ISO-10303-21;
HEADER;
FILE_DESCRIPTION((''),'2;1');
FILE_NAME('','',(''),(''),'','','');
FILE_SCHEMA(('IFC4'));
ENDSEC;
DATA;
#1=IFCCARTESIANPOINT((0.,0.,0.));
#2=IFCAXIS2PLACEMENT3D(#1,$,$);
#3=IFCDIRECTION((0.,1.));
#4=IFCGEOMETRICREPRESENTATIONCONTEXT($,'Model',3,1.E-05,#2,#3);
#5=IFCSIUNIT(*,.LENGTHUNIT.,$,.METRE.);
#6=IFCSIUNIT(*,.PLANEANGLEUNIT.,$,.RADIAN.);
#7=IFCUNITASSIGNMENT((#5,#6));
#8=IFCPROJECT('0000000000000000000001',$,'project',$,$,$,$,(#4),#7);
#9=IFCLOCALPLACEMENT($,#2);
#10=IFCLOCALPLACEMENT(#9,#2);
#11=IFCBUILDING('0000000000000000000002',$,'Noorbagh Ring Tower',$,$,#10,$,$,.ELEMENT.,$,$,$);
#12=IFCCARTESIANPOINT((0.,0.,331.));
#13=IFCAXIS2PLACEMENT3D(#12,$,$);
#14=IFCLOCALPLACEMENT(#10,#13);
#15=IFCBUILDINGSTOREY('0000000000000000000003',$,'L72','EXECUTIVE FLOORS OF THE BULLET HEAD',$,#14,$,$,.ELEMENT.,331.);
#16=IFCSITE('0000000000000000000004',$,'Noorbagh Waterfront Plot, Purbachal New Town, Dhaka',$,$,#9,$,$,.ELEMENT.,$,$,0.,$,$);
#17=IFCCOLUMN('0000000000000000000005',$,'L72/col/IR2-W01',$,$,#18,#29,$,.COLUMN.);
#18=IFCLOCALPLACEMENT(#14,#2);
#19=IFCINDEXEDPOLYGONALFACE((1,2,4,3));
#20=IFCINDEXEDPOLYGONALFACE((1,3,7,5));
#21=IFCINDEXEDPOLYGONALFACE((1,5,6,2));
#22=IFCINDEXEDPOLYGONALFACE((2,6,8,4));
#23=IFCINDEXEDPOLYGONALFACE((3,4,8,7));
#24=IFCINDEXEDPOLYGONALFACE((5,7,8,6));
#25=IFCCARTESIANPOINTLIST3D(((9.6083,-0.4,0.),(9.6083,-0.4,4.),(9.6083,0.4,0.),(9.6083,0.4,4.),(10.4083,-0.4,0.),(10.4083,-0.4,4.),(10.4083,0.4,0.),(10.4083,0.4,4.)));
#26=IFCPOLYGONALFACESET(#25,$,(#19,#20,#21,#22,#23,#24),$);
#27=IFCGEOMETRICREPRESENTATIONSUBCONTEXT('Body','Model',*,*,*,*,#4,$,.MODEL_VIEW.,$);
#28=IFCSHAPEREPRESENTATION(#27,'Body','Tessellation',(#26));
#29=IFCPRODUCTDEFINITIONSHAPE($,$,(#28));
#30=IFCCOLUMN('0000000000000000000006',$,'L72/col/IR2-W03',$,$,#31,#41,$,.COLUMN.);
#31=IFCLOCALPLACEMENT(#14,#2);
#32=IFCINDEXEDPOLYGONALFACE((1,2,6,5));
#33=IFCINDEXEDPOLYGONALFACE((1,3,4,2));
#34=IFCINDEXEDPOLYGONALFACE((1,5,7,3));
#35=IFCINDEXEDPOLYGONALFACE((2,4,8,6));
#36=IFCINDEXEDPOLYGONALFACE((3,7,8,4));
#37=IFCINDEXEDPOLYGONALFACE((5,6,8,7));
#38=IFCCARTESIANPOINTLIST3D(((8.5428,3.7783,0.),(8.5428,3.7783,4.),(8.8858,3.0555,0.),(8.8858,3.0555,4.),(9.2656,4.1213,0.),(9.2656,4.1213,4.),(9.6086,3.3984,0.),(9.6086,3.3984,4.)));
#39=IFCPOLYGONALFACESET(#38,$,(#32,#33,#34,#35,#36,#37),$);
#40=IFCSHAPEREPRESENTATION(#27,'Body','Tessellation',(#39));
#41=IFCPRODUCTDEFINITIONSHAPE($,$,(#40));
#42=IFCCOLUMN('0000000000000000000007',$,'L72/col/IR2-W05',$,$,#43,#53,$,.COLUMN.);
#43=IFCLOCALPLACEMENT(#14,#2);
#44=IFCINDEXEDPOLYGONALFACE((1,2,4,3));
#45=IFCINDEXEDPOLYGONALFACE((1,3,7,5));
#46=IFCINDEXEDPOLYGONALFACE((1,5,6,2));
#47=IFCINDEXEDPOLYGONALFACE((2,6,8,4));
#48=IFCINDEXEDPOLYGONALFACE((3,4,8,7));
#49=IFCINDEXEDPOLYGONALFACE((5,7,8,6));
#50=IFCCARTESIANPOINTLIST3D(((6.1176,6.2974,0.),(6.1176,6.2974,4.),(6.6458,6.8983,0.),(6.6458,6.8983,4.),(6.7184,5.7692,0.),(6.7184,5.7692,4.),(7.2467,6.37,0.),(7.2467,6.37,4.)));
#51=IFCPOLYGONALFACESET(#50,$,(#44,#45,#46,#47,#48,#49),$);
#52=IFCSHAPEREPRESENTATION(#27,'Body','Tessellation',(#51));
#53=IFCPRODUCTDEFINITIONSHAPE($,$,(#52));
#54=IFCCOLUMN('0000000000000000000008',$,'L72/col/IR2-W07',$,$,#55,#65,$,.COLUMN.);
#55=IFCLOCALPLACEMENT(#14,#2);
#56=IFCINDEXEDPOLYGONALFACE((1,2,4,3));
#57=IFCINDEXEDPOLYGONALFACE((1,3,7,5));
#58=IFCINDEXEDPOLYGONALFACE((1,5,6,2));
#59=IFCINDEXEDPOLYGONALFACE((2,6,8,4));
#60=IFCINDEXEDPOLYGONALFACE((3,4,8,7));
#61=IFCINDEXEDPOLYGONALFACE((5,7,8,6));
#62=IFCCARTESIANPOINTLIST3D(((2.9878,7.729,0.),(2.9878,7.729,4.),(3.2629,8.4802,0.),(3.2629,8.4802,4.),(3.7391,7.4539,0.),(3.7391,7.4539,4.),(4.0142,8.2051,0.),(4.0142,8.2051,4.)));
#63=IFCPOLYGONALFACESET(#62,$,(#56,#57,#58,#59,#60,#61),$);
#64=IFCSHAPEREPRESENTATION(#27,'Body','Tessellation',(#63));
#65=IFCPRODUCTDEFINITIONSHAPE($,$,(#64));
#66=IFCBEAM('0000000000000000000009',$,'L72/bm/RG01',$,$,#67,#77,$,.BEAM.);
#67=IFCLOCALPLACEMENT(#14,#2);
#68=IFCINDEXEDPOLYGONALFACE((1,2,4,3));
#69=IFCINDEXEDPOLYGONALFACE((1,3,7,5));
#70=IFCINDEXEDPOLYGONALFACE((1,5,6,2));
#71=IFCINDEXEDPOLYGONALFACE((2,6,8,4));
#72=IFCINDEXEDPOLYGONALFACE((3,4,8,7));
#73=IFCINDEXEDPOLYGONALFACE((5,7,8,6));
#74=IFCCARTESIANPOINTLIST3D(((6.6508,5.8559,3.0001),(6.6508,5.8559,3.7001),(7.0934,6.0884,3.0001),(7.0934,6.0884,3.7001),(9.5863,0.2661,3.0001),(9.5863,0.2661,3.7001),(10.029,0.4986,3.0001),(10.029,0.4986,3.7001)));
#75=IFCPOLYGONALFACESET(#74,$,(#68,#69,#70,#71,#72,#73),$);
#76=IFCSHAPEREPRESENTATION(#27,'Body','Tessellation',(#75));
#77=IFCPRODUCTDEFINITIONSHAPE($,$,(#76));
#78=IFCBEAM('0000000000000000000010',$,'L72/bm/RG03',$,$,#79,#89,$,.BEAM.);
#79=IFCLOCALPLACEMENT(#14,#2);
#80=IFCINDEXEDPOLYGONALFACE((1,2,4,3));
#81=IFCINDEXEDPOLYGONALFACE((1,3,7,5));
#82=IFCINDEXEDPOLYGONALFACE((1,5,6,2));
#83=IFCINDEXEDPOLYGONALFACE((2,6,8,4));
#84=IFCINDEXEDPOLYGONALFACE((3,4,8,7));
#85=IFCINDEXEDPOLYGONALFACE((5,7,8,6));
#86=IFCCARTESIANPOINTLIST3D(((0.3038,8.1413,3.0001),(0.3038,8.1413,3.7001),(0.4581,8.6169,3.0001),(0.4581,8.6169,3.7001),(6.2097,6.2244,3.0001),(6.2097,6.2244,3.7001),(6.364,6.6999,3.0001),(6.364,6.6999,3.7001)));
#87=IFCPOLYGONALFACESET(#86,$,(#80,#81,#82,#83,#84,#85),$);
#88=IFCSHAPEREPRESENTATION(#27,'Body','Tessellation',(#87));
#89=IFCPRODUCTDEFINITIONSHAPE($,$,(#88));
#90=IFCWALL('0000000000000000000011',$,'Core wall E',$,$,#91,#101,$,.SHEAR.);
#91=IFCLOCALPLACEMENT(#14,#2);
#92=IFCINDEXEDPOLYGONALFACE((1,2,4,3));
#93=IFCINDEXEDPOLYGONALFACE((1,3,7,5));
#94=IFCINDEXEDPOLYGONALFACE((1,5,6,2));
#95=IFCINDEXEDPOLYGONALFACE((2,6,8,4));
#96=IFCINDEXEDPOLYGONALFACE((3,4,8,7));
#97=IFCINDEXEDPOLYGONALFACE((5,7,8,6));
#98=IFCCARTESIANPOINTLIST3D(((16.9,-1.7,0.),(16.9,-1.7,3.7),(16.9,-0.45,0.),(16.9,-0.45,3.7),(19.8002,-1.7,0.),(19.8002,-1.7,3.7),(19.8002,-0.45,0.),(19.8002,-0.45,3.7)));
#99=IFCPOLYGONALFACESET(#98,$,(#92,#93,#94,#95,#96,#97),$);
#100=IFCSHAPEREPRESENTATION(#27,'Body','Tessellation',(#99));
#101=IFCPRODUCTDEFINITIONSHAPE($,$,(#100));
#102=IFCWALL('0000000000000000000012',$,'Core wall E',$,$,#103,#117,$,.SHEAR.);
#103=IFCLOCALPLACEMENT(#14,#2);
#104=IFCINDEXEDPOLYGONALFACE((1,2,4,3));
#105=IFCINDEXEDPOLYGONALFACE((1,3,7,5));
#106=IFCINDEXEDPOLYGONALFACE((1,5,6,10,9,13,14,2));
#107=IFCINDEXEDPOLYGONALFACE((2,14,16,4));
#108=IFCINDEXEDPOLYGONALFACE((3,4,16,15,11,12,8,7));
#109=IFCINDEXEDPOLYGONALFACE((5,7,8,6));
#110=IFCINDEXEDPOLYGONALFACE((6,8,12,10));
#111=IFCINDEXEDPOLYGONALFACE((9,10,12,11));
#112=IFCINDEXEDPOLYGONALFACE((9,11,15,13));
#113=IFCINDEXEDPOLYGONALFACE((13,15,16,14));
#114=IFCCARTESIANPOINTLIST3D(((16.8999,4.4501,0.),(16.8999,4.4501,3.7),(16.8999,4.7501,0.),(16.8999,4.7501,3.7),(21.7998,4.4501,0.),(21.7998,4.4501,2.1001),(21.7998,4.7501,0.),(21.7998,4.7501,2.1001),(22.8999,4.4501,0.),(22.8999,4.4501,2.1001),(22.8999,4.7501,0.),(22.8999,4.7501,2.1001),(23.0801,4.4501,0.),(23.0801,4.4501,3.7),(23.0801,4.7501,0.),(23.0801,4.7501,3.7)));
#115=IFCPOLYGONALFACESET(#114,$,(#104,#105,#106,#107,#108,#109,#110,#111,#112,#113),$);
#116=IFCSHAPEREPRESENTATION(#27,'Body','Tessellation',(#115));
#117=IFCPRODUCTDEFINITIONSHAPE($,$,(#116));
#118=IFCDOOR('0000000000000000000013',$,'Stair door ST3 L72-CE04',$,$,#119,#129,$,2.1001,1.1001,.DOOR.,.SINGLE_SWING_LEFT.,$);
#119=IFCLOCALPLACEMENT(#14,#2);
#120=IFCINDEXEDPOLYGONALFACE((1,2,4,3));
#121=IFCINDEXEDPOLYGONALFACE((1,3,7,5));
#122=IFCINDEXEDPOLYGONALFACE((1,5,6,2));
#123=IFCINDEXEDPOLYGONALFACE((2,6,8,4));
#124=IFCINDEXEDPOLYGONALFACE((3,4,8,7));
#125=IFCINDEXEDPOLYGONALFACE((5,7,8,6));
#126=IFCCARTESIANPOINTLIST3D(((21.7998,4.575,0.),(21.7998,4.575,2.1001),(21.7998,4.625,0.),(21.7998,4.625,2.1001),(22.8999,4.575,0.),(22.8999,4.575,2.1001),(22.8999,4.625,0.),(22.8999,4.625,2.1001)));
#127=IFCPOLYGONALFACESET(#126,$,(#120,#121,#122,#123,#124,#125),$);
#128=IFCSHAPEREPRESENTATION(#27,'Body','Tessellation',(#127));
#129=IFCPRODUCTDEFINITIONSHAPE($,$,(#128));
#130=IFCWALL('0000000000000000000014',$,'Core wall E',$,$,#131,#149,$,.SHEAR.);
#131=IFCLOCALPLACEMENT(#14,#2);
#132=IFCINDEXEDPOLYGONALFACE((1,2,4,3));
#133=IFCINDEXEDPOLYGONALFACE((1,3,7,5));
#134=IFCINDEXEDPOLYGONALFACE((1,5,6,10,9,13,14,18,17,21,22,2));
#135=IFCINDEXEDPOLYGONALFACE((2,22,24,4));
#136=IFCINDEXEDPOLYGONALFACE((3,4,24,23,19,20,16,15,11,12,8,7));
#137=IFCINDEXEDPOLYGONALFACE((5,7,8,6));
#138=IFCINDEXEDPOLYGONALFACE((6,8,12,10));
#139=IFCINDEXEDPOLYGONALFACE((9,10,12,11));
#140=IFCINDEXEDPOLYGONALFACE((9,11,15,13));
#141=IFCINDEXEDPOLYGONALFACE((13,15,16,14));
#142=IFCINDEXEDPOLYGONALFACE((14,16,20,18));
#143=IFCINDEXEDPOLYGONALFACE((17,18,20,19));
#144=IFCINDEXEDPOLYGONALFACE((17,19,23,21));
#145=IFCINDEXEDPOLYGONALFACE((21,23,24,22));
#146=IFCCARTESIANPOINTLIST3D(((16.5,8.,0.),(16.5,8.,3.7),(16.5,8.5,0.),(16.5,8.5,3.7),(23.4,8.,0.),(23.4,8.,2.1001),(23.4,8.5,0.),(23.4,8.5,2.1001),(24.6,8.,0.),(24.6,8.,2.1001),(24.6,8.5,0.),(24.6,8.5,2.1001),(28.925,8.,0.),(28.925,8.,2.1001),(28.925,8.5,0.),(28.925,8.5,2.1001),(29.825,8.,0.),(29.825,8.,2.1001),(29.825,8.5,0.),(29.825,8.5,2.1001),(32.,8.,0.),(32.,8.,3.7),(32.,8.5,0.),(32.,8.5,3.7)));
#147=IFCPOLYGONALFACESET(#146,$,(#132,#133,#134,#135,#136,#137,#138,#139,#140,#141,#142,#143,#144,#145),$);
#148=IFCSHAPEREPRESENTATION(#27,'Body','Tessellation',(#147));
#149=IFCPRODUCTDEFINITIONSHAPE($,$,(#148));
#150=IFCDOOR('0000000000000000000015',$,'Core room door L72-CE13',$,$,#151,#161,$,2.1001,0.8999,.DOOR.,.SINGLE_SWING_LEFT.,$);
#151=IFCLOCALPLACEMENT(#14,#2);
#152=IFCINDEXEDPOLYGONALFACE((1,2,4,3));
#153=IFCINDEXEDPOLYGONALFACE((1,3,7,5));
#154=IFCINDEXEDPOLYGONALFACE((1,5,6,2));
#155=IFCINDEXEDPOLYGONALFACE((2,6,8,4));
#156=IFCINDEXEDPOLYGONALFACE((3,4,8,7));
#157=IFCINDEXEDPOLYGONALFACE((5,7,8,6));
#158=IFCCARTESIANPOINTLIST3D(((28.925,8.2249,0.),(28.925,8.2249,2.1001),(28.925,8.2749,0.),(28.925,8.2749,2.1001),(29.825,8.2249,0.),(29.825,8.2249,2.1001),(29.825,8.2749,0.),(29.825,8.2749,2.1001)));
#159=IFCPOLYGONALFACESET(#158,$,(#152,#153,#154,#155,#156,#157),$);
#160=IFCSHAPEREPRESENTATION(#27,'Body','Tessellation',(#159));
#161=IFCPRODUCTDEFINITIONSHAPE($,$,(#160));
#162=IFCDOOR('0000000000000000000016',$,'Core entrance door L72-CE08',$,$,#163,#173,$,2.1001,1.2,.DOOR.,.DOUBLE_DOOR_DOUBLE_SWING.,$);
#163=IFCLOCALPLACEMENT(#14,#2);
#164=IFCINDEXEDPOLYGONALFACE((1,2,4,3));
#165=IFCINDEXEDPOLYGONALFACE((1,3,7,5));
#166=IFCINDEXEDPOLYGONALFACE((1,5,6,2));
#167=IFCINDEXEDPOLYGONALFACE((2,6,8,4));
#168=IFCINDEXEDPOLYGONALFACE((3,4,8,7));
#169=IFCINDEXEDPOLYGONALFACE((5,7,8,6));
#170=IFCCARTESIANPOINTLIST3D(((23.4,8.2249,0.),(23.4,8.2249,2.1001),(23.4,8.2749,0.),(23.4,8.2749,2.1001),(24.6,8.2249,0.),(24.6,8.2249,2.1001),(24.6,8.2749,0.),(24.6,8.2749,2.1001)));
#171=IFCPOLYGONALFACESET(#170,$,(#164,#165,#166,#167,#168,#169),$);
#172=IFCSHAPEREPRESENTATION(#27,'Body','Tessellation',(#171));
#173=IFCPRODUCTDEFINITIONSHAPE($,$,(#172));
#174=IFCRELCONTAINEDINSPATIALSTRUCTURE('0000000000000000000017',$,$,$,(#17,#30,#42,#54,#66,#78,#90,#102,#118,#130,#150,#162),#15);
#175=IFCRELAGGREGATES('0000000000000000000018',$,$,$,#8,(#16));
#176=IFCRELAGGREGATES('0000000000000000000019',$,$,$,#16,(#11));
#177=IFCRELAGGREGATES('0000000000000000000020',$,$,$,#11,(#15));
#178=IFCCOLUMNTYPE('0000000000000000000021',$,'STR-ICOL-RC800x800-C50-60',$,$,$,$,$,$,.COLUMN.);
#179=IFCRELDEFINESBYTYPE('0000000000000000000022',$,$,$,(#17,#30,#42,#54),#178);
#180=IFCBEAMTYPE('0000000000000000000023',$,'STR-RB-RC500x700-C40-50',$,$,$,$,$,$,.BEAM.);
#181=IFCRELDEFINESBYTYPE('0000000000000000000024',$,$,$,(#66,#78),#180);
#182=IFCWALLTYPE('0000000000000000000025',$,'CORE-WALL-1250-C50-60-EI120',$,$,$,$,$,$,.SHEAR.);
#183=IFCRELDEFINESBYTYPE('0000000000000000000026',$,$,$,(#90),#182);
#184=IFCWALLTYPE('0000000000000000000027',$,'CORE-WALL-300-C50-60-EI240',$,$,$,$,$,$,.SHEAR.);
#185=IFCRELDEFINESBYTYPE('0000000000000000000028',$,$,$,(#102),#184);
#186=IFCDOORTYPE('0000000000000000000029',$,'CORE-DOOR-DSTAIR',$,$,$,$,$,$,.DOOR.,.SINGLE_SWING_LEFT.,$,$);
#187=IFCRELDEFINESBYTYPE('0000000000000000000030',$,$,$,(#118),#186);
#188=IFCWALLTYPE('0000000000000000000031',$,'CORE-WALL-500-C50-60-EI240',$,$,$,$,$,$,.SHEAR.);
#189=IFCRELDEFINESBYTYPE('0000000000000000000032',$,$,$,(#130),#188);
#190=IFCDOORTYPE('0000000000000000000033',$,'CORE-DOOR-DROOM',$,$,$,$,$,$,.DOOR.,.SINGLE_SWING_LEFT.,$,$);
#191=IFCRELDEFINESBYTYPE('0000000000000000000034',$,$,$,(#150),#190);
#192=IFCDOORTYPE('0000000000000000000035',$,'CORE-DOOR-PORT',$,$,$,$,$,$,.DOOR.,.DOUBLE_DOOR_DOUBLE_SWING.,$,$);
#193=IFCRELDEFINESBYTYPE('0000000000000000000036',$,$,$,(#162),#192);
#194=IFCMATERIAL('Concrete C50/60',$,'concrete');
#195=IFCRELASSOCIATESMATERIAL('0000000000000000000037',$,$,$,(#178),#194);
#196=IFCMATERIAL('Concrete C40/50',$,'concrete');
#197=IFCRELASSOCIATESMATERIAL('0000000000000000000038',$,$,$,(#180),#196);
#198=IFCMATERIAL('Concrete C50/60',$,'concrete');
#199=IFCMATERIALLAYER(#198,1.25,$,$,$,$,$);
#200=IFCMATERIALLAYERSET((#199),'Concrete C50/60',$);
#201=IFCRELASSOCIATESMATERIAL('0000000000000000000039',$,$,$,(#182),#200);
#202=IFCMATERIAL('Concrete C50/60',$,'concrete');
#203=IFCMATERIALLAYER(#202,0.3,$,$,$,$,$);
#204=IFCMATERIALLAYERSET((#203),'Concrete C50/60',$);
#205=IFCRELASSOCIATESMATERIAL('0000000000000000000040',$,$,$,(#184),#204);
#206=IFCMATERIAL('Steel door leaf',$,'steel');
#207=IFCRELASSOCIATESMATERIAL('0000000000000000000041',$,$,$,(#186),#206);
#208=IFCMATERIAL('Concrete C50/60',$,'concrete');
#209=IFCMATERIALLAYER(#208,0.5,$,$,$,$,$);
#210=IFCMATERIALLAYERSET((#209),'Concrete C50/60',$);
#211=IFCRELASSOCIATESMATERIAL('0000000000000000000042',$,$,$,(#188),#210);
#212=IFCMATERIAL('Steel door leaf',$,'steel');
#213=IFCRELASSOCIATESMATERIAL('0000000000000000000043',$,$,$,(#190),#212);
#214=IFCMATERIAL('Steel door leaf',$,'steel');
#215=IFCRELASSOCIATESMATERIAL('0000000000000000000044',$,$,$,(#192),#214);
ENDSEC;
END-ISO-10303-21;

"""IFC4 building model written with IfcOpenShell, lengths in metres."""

from ifc_helpers import new_model, si_unit, direction, frame, frame_2d, origin, origin_2d, place, context, subcontext, project, spatial, rectangle, extrude, material, layer, layer_set, material_profile, profile_set, type_object, element, fill, save


model = new_model("IFC4")

# Units and contexts
model_context = context("Model", 3, precision=1e-05, world=origin(), true_north=direction((0.0, 1.0)))
body_context = subcontext(model_context, "Body", "Model", "MODEL_VIEW")
ifc_project = project(units=[si_unit("LENGTHUNIT", "METRE"), si_unit("PLANEANGLEUNIT", "RADIAN")], contexts=[model_context])

# Site, building, storey
site_placement = place(None, origin())
site = spatial("IfcSite", under=ifc_project, at=site_placement, Name="Noorbagh Waterfront Plot, Purbachal New Town, Dhaka", CompositionType="ELEMENT", RefElevation=0.0)
building_placement = place(site_placement, origin())
building = spatial("IfcBuilding", under=site, at=building_placement, Name="Noorbagh Ring Tower", CompositionType="ELEMENT")
storey_placement = place(building_placement, frame((0.0, 0.0, 331.0)))
storey = spatial("IfcBuildingStorey", under=building, at=storey_placement, Name="L72", Description="EXECUTIVE FLOORS OF THE BULLET HEAD", CompositionType="ELEMENT", Elevation=331.0)

# Columns
ifc_material_1 = material(Name="Concrete C50/60", Category="concrete")
ifc_material_profile_1 = material_profile(ifc_material_1, rectangle(XDim=0.8, YDim=0.8, at=origin_2d()), Name="RC800x800")
ifc_profile_set_1 = profile_set([ifc_material_profile_1], Name="Concrete C50/60")
column_type = type_object("IfcColumnType", Name="STR-ICOL-RC800x800-C50-60", PredefinedType="COLUMN", material=ifc_profile_set_1)
for number, where, z_axis, x_axis, name in (
    (1, (10.0083, 0.0, 0.0), (0.0, 0.0, 1.0), (0.0, 1.0, 0.0), "L72/col/IR2-W01"),
    (2, (9.0757, 3.5884, 0.0), (0.0, 0.0, 1.0), (-0.428667, 0.903463, 0.0), "L72/col/IR2-W03"),
    (3, (6.6821, 6.3337, 0.0), (0.0, 0.0, 1.0), (-0.751022, 0.660277, 0.0), "L72/col/IR2-W05"),
    (4, (3.501, 7.967, 0.0), (0.0, 0.0, 1.0), (-0.93902, 0.343864, 0.0), "L72/col/IR2-W07"),
):
    element("IfcColumn", number, at=place(storey_placement, frame(where, z_axis=z_axis, x_axis=x_axis)), inside=storey, type_object=column_type, Name=name, PredefinedType="COLUMN", context=body_context, shape_type="SweptSolid", body=[
        extrude(rectangle(XDim=0.8, YDim=0.8, at=origin_2d()), origin(), (0.0, 0.0, 1.0), 4.0),
    ])

# Beams
ifc_material_2 = material(Name="Concrete C40/50", Category="concrete")
ifc_material_profile_2 = material_profile(ifc_material_2, rectangle(XDim=0.5, YDim=0.7, at=origin_2d()), Name="RC500x700")
ifc_profile_set_2 = profile_set([ifc_material_profile_2], Name="Concrete C40/50")
beam_type = type_object("IfcBeamType", Name="STR-RB-RC500x700-C40-50", PredefinedType="BEAM", material=ifc_profile_set_2)
beam_1_placement = place(storey_placement, frame((9.8076, 0.3823, 3.3501), z_axis=(-0.464943, 0.885341, 0.0), x_axis=(-0.885341, -0.464943, 0.0)))
element("IfcBeam", 5, at=beam_1_placement, inside=storey, type_object=beam_type, Name="L72/bm/RG01", PredefinedType="BEAM", context=body_context, shape_type="SweptSolid", body=[
    extrude(rectangle(XDim=0.5, YDim=0.7, at=origin_2d()), origin(), (0.0, 0.0, 1.0), 6.3137),
])
beam_2_placement = place(storey_placement, frame((6.2869, 6.4622, 3.3501), z_axis=(-0.95115, 0.308728, 0.0), x_axis=(-0.308728, -0.95115, 0.0)))
element("IfcBeam", 6, at=beam_2_placement, inside=storey, type_object=beam_type, Name="L72/bm/RG03", PredefinedType="BEAM", context=body_context, shape_type="SweptSolid", body=[
    extrude(rectangle(XDim=0.5, YDim=0.7, at=origin_2d()), origin(), (0.0, 0.0, 1.0), 6.2092),
])

# Wall
ifc_material_3 = material(Name="Concrete C50/60", Category="concrete")
ifc_layer_1 = layer(ifc_material_3, 1.25)
ifc_layer_set_1 = layer_set([ifc_layer_1], Name="Concrete C50/60")
wall_type_1 = type_object("IfcWallType", Name="CORE-WALL-1250-C50-60-EI120", PredefinedType="SHEAR", material=ifc_layer_set_1)
wall_1_placement = place(storey_placement, frame((16.8999, -1.075, 0.0), z_axis=(0.0, 0.0, 1.0), x_axis=(1.0, 0.0, 0.0)))
element("IfcWall", 7, at=wall_1_placement, inside=storey, type_object=wall_type_1, Name="Core wall E", PredefinedType="SHEAR", context=body_context, shape_type="SweptSolid", body=[
    extrude(rectangle(XDim=2.9001, YDim=1.25, at=frame_2d((1.4502, 0.0))), origin(), (0.0, 0.0, 1.0), 3.7),
])

# Wall, opening, door
ifc_material_4 = material(Name="Concrete C50/60", Category="concrete")
ifc_layer_2 = layer(ifc_material_4, 0.3)
ifc_layer_set_2 = layer_set([ifc_layer_2], Name="Concrete C50/60")
wall_type_2 = type_object("IfcWallType", Name="CORE-WALL-300-C50-60-EI240", PredefinedType="SHEAR", material=ifc_layer_set_2)
wall_2_placement = place(storey_placement, frame((16.8999, 4.6001, 0.0), z_axis=(0.0, 0.0, 1.0), x_axis=(1.0, 0.0, 0.0)))
wall_2 = element("IfcWall", 8, at=wall_2_placement, inside=storey, type_object=wall_type_2, Name="Core wall E", PredefinedType="SHEAR", context=body_context, shape_type="SweptSolid", body=[
    extrude(rectangle(XDim=6.1802, YDim=0.3, at=frame_2d((3.0901, 0.0))), origin(), (0.0, 0.0, 1.0), 3.7),
])
opening_1_placement = place(wall_2_placement, frame((4.8999, 0.0, 0.0)))
opening_1 = element("IfcOpeningElement", 9, at=opening_1_placement, cuts=wall_2, PredefinedType="OPENING", context=body_context, shape_type="SweptSolid", body=[
    extrude(rectangle(XDim=1.1001, YDim=2.1001, at=frame_2d((0.55, 1.05))), frame((0.0, 0.1602, 0.0), z_axis=(0.0, -1.0, 0.0), x_axis=(1.0, 0.0, 0.0)), (0.0, 0.0, 1.0), 0.3201),
])
ifc_material_5 = material(Name="Steel door leaf", Category="steel")
door_type_1 = type_object("IfcDoorType", Name="CORE-DOOR-DSTAIR", OperationType="SINGLE_SWING_LEFT", PredefinedType="DOOR", material=ifc_material_5)
door_1_placement = place(opening_1_placement, origin())
door_1 = element("IfcDoor", 10, at=door_1_placement, inside=storey, type_object=door_type_1, Name="Stair door ST3 L72-CE04", OperationType="SINGLE_SWING_LEFT", OverallHeight=2.1001, OverallWidth=1.1001, PredefinedType="DOOR", context=body_context, shape_type="SweptSolid", body=[
    extrude(rectangle(XDim=1.1001, YDim=2.1001, at=frame_2d((0.55, 1.05))), frame((0.0, 0.0249, 0.0), z_axis=(0.0, -1.0, 0.0), x_axis=(1.0, 0.0, 0.0)), (0.0, 0.0, 1.0), 0.05),
])
fill(opening_1, door_1)

# Wall, openings, doors
ifc_material_6 = material(Name="Concrete C50/60", Category="concrete")
ifc_layer_3 = layer(ifc_material_6, 0.5)
ifc_layer_set_3 = layer_set([ifc_layer_3], Name="Concrete C50/60")
wall_type_3 = type_object("IfcWallType", Name="CORE-WALL-500-C50-60-EI240", PredefinedType="SHEAR", material=ifc_layer_set_3)
wall_3_placement = place(storey_placement, frame((16.5, 8.25, 0.0), z_axis=(0.0, 0.0, 1.0), x_axis=(1.0, 0.0, 0.0)))
wall_3 = element("IfcWall", 11, at=wall_3_placement, inside=storey, type_object=wall_type_3, Name="Core wall E", PredefinedType="SHEAR", context=body_context, shape_type="SweptSolid", body=[
    extrude(rectangle(XDim=15.5, YDim=0.5, at=frame_2d((7.75, 0.0))), origin(), (0.0, 0.0, 1.0), 3.7),
])
opening_2_placement = place(wall_3_placement, frame((6.8999, 0.0, 0.0)))
opening_2 = element("IfcOpeningElement", 12, at=opening_2_placement, cuts=wall_3, PredefinedType="OPENING", context=body_context, shape_type="SweptSolid", body=[
    extrude(rectangle(XDim=1.2, YDim=2.1001, at=frame_2d((0.6001, 1.05))), frame((0.0, 0.26, 0.0), z_axis=(0.0, -1.0, 0.0), x_axis=(1.0, 0.0, 0.0)), (0.0, 0.0, 1.0), 0.52),
])
opening_3_placement = place(wall_3_placement, frame((12.425, 0.0, 0.0)))
opening_3 = element("IfcOpeningElement", 13, at=opening_3_placement, cuts=wall_3, PredefinedType="OPENING", context=body_context, shape_type="SweptSolid", body=[
    extrude(rectangle(XDim=0.8999, YDim=2.1001, at=frame_2d((0.45, 1.05))), frame((0.0, 0.26, 0.0), z_axis=(0.0, -1.0, 0.0), x_axis=(1.0, 0.0, 0.0)), (0.0, 0.0, 1.0), 0.52),
])
ifc_material_7 = material(Name="Steel door leaf", Category="steel")
door_type_2 = type_object("IfcDoorType", Name="CORE-DOOR-DROOM", OperationType="SINGLE_SWING_LEFT", PredefinedType="DOOR", material=ifc_material_7)
door_2_placement = place(opening_3_placement, origin())
door_2 = element("IfcDoor", 14, at=door_2_placement, inside=storey, type_object=door_type_2, Name="Core room door L72-CE13", OperationType="SINGLE_SWING_LEFT", OverallHeight=2.1001, OverallWidth=0.8999, PredefinedType="DOOR", context=body_context, shape_type="SweptSolid", body=[
    extrude(rectangle(XDim=0.8999, YDim=2.1001, at=frame_2d((0.45, 1.05))), frame((0.0, 0.0249, 0.0), z_axis=(0.0, -1.0, 0.0), x_axis=(1.0, 0.0, 0.0)), (0.0, 0.0, 1.0), 0.05),
])
fill(opening_3, door_2)
ifc_material_8 = material(Name="Steel door leaf", Category="steel")
door_type_3 = type_object("IfcDoorType", Name="CORE-DOOR-PORT", OperationType="DOUBLE_DOOR_DOUBLE_SWING", PredefinedType="DOOR", material=ifc_material_8)
door_3_placement = place(opening_2_placement, origin())
door_3 = element("IfcDoor", 15, at=door_3_placement, inside=storey, type_object=door_type_3, Name="Core entrance door L72-CE08", OperationType="DOUBLE_DOOR_DOUBLE_SWING", OverallHeight=2.1001, OverallWidth=1.2, PredefinedType="DOOR", context=body_context, shape_type="SweptSolid", body=[
    extrude(rectangle(XDim=1.2, YDim=2.1001, at=frame_2d((0.6001, 1.05))), frame((0.0, 0.0249, 0.0), z_axis=(0.0, -1.0, 0.0), x_axis=(1.0, 0.0, 0.0)), (0.0, 0.0, 1.0), 0.05),
])
fill(opening_2, door_3)

save(model, "model.ifc")
